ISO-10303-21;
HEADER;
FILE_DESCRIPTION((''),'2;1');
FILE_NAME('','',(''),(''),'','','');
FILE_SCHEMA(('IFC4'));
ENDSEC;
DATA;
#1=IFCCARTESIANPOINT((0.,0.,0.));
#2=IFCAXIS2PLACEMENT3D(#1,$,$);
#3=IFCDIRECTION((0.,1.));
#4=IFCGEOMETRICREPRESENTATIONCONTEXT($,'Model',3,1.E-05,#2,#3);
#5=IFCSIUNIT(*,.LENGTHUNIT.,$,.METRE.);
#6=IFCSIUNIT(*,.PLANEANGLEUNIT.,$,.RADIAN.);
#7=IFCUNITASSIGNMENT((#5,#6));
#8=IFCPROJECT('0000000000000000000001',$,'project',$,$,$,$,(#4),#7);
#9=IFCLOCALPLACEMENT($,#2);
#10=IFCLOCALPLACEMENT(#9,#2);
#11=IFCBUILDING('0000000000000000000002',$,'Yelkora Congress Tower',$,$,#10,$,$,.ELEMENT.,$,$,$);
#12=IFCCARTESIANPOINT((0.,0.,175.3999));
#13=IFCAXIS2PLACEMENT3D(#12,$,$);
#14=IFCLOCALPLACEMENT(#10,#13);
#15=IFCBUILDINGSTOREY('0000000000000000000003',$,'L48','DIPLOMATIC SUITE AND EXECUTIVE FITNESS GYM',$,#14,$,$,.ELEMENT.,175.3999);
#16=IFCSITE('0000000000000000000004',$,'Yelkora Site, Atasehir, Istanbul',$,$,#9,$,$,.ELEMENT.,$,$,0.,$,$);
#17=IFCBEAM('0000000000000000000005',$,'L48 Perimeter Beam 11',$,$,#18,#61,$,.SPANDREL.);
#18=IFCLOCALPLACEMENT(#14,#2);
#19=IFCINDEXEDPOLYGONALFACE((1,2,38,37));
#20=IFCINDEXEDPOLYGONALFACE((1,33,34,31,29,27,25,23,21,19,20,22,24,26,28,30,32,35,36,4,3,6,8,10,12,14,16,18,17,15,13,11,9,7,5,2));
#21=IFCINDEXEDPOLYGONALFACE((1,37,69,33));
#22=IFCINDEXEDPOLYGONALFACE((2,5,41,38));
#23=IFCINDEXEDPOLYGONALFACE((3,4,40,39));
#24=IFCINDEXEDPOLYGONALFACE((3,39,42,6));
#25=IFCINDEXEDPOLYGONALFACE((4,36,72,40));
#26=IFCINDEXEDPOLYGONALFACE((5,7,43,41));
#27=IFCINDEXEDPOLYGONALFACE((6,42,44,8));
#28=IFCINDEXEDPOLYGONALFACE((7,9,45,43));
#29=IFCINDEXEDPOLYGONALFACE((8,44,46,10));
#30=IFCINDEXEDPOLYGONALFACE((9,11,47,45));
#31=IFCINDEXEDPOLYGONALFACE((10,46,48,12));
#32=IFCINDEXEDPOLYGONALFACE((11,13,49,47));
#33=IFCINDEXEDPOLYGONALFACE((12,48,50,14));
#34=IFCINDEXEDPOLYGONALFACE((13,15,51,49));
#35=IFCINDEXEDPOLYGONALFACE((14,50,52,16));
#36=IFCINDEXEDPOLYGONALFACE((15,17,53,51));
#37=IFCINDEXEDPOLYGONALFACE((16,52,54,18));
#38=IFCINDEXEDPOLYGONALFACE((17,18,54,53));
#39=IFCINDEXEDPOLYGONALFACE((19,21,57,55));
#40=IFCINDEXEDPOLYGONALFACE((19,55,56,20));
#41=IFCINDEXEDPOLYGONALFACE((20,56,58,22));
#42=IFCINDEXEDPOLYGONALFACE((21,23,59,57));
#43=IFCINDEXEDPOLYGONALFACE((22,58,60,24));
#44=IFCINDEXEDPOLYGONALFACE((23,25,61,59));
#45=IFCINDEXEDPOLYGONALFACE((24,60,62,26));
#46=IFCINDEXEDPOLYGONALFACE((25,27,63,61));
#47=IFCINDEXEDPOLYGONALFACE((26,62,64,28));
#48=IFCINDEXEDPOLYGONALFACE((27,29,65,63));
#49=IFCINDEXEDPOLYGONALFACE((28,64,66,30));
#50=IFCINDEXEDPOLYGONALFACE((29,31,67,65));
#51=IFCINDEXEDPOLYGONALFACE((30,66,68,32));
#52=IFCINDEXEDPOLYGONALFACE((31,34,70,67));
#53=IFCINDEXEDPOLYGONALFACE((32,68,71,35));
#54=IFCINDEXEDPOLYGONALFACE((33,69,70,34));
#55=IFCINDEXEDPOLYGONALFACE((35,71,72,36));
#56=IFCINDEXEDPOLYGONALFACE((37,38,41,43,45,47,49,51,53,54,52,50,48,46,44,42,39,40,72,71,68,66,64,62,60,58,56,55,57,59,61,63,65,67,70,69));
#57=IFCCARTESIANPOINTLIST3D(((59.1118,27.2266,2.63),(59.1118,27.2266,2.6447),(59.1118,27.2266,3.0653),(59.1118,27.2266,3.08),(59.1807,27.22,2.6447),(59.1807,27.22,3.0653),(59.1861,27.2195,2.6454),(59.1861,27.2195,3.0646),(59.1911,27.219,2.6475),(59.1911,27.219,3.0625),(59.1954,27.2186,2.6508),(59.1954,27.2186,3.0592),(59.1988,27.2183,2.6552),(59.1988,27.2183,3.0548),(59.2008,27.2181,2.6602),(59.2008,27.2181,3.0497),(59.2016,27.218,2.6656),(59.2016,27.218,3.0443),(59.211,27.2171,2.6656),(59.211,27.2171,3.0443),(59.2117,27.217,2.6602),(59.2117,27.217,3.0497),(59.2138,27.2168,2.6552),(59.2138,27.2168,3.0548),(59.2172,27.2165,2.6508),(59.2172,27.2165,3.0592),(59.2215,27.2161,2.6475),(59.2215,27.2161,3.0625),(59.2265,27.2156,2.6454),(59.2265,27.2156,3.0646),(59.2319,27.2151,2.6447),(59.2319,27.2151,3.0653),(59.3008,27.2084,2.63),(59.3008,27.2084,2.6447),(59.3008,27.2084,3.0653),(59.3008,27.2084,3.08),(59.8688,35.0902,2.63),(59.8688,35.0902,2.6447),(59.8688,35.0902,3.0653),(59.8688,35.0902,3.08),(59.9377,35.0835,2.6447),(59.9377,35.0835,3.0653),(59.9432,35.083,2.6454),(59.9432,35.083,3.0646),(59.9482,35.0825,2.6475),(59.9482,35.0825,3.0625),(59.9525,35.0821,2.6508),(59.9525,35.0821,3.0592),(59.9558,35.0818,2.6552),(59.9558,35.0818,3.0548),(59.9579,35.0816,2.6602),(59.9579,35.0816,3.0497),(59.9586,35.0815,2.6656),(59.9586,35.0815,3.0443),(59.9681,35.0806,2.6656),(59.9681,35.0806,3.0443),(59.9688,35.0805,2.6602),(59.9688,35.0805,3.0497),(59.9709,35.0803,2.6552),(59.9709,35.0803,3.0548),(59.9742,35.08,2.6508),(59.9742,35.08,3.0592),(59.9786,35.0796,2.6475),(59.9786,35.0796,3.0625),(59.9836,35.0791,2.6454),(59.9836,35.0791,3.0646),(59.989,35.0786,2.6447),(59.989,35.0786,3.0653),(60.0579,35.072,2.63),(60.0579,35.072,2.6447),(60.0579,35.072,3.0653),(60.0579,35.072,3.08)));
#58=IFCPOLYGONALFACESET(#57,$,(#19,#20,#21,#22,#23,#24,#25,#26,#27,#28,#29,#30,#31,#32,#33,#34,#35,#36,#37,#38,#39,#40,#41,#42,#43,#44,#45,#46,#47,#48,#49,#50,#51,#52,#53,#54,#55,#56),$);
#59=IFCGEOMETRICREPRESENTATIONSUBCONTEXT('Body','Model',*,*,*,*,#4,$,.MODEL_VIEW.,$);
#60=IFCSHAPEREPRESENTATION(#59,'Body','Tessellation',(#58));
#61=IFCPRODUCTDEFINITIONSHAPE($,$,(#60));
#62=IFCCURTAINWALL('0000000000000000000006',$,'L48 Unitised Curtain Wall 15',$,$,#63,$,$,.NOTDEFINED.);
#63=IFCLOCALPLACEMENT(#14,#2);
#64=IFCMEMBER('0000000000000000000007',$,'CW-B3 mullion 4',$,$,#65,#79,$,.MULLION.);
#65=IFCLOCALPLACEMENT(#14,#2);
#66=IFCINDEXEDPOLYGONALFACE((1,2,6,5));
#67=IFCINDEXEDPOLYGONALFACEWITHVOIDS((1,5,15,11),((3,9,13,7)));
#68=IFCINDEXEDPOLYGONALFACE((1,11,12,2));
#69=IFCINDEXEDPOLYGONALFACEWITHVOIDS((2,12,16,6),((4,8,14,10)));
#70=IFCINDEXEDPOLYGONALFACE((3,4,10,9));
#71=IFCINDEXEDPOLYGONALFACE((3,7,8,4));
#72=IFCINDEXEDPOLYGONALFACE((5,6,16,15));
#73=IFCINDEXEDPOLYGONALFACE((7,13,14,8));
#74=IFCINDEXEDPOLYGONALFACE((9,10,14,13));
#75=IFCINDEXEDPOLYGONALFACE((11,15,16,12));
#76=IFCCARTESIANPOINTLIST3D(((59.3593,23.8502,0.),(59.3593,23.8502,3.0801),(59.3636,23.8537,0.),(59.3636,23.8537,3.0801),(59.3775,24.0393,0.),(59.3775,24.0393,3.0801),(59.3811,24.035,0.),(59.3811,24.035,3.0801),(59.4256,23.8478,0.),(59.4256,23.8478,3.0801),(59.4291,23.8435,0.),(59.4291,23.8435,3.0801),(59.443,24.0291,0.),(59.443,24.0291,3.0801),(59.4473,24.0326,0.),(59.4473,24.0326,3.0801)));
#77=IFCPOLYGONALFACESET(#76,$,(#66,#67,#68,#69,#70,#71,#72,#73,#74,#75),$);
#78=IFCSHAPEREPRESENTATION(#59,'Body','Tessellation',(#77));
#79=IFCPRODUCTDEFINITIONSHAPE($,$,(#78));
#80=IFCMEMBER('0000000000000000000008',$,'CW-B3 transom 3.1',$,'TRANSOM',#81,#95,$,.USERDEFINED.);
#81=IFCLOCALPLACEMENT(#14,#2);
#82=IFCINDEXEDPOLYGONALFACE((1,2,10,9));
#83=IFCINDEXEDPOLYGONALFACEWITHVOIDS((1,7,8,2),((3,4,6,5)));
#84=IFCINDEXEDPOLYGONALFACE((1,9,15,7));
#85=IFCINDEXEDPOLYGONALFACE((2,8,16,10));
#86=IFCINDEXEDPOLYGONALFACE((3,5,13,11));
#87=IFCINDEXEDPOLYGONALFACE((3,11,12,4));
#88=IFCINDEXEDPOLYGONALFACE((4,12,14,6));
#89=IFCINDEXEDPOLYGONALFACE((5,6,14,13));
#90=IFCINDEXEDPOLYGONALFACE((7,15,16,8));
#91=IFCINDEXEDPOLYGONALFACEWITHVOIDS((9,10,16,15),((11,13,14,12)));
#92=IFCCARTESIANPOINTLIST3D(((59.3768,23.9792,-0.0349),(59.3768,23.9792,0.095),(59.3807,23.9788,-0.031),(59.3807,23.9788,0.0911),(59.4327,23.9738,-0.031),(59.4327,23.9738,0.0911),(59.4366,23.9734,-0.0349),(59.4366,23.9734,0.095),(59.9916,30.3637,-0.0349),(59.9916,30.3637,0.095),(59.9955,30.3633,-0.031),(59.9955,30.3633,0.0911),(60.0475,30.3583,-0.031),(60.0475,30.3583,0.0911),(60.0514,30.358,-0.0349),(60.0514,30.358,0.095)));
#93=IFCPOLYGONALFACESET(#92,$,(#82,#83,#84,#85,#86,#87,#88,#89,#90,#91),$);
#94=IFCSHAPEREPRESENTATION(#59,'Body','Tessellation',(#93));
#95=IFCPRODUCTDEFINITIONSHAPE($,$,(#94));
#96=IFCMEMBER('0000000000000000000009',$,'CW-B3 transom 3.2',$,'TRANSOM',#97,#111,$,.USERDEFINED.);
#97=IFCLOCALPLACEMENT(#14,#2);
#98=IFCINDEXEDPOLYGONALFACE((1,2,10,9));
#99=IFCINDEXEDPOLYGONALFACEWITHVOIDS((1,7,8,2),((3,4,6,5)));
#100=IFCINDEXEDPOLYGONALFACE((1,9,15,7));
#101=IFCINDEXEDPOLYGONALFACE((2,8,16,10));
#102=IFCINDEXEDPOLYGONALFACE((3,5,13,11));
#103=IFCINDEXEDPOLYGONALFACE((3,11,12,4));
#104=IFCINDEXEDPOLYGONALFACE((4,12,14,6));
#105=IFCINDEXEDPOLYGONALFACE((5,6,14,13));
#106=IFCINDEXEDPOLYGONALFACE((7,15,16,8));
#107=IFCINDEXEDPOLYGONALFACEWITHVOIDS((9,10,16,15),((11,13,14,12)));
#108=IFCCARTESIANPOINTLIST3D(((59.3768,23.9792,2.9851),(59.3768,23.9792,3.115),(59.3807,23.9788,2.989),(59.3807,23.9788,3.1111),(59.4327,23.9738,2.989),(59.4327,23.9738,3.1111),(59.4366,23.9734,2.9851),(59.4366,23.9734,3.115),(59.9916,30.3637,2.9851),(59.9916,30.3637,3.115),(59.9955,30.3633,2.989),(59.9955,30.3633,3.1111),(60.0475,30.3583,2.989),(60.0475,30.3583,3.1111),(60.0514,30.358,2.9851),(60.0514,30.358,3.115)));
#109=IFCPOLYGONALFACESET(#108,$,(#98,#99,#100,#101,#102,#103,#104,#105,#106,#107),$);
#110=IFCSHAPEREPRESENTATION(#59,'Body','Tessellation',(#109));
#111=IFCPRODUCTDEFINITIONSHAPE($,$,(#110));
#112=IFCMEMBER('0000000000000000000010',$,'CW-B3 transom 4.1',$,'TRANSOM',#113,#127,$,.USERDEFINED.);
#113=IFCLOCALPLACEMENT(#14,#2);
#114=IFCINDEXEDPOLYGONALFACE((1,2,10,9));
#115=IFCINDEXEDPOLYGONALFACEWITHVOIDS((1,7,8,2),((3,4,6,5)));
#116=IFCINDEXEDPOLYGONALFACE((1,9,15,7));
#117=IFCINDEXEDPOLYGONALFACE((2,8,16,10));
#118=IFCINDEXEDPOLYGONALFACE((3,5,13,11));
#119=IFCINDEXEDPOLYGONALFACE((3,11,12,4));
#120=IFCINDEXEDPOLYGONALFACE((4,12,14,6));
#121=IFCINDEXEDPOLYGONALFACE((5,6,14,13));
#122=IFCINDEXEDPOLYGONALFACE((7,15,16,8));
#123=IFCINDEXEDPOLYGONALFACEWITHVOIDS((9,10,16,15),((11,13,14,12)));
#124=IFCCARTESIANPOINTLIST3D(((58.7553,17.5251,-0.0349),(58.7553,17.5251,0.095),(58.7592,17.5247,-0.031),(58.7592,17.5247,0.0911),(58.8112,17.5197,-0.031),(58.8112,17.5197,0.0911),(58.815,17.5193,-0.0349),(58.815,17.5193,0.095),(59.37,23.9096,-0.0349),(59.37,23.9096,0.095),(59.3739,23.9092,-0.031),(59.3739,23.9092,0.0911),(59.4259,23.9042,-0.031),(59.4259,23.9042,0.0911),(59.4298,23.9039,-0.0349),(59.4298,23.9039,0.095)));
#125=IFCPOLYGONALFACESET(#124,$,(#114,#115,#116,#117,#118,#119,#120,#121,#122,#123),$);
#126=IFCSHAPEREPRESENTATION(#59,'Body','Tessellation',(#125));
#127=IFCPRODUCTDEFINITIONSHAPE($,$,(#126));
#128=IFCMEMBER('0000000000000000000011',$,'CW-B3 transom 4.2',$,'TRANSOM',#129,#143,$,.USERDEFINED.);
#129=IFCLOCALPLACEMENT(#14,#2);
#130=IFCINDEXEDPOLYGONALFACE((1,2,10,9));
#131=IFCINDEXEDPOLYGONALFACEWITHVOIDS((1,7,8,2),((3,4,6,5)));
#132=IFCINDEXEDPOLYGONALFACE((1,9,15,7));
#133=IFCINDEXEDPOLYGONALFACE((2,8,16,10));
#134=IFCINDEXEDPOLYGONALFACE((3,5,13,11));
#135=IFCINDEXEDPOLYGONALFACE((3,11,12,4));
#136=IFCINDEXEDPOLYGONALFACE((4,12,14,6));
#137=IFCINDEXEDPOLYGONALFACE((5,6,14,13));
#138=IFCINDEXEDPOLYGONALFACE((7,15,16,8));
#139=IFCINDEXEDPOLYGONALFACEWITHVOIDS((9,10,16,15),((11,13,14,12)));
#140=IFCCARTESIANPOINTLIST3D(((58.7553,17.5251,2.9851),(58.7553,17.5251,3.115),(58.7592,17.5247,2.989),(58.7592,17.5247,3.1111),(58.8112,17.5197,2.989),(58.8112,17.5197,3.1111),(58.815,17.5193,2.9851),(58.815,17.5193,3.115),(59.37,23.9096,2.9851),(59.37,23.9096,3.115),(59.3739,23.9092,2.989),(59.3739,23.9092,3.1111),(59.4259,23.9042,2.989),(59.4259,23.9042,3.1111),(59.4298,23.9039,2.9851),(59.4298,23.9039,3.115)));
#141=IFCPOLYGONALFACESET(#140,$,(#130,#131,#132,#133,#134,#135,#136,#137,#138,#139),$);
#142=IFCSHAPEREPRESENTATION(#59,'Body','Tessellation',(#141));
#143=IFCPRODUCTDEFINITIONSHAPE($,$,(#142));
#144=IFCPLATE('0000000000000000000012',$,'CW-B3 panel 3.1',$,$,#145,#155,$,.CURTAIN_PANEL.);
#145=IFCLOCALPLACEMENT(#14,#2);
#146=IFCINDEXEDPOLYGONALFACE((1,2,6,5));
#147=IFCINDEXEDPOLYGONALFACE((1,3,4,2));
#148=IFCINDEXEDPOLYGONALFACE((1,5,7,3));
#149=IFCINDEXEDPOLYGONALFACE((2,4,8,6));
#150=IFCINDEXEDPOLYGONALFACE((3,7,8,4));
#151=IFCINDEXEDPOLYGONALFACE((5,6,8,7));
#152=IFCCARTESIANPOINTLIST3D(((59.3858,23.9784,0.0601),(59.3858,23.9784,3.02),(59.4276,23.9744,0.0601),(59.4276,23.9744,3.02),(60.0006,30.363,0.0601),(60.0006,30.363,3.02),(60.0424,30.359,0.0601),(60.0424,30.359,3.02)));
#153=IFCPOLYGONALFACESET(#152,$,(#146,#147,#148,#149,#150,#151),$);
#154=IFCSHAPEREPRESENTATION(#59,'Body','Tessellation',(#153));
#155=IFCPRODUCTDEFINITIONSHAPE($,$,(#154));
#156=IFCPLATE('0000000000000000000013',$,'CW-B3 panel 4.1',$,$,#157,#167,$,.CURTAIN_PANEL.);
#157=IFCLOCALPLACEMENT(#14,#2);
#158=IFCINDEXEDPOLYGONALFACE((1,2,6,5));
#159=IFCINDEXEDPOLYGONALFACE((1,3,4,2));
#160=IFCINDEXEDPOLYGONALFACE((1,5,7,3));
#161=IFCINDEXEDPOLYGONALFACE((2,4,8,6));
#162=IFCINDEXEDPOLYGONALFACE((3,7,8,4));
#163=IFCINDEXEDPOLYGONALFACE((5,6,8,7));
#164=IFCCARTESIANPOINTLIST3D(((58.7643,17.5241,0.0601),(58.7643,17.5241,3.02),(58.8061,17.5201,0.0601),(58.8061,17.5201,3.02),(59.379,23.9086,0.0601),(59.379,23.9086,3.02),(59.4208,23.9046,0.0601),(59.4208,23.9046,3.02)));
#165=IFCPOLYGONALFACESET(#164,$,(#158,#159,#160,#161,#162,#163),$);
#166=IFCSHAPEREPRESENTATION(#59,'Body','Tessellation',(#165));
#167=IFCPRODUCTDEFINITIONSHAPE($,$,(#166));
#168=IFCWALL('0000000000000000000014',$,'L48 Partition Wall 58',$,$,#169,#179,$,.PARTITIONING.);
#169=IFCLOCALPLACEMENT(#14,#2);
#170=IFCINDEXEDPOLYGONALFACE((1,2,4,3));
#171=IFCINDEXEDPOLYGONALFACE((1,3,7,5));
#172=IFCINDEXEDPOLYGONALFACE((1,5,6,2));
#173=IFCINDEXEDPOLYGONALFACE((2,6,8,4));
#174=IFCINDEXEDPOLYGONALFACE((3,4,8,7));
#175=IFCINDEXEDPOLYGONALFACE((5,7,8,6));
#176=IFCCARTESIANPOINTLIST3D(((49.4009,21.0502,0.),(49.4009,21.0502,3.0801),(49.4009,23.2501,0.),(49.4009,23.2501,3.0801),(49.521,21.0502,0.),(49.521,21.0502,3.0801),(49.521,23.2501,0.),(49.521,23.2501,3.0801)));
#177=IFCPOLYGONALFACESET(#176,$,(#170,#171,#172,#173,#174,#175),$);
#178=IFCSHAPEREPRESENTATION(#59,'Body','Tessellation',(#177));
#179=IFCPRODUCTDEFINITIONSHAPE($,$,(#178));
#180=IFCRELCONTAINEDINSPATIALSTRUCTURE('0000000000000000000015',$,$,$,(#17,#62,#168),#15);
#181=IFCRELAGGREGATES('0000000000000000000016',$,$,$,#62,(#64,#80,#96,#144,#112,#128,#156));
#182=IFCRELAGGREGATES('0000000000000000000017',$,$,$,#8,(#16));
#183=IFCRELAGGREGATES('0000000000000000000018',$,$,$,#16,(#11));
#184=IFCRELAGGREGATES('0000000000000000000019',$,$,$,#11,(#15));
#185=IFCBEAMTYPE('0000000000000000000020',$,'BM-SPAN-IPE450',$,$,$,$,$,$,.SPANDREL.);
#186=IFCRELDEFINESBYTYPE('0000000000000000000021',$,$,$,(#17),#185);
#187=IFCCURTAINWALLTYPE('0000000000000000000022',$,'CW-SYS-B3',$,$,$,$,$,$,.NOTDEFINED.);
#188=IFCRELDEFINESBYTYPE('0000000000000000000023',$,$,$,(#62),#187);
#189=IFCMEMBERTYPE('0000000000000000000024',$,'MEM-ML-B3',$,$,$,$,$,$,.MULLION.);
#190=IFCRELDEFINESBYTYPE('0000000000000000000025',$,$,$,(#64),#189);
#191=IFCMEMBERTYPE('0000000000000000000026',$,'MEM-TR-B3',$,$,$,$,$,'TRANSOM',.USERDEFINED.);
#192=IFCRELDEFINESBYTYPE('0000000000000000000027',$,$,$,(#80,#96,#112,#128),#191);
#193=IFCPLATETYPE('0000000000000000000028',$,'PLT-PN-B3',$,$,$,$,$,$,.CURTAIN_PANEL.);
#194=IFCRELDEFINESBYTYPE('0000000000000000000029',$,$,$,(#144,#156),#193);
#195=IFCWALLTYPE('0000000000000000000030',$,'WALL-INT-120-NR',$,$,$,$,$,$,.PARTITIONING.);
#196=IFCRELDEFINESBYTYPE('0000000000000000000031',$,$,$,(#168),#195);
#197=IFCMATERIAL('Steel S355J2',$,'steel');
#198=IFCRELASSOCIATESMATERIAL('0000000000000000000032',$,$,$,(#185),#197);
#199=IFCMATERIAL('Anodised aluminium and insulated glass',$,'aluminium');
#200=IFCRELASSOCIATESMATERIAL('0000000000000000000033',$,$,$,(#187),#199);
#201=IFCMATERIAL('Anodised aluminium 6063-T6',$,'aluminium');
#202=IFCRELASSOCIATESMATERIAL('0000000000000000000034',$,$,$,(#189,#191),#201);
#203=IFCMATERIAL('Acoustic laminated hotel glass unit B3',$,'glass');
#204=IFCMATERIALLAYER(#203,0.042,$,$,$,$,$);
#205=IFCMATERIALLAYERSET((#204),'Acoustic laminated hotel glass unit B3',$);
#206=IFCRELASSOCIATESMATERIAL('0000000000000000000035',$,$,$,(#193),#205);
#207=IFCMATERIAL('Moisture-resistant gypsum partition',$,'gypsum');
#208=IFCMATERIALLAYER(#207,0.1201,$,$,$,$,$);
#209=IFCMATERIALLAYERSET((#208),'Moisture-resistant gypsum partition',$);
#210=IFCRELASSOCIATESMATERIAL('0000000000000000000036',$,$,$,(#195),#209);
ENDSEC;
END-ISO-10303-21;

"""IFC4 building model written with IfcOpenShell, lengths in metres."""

from ifc_helpers import new_model, si_unit, direction, frame, frame_2d, origin, origin_2d, place, context, subcontext, project, spatial, rectangle, hollow_rectangle, i_section, extrude, material, layer, layer_set, material_profile, profile_set, type_object, element, aggregate, save


model = new_model("IFC4")

# Units and contexts
model_context = context("Model", 3, precision=1e-05, world=origin(), true_north=direction((0.0, 1.0)))
body_context = subcontext(model_context, "Body", "Model", "MODEL_VIEW")
ifc_project = project(units=[si_unit("LENGTHUNIT", "METRE"), si_unit("PLANEANGLEUNIT", "RADIAN")], contexts=[model_context])

# Site, building, storey
site_placement = place(None, origin())
site = spatial("IfcSite", under=ifc_project, at=site_placement, Name="Yelkora Site, Atasehir, Istanbul", CompositionType="ELEMENT", RefElevation=0.0)
building_placement = place(site_placement, origin())
building = spatial("IfcBuilding", under=site, at=building_placement, Name="Yelkora Congress Tower", CompositionType="ELEMENT")
storey_placement = place(building_placement, frame((0.0, 0.0, 175.3999)))
storey = spatial("IfcBuildingStorey", under=building, at=storey_placement, Name="L48", Description="DIPLOMATIC SUITE AND EXECUTIVE FITNESS GYM", CompositionType="ELEMENT", Elevation=175.3999)

# Beam
ifc_material_1 = material(Name="Steel S355J2", Category="steel")
ifc_material_profile_1 = material_profile(ifc_material_1, i_section(OverallWidth=0.1899, OverallDepth=0.45, WebThickness=0.0095, FlangeThickness=0.0146, FilletRadius=0.021, at=origin_2d()), Name="IPE 450")
ifc_profile_set_1 = profile_set([ifc_material_profile_1], Name="Steel S355J2")
beam_type_1 = type_object("IfcBeamType", Name="BM-SPAN-IPE450", PredefinedType="SPANDREL", material=ifc_profile_set_1)
beam_1_placement = place(storey_placement, frame((59.2063, 27.2175, 2.855), z_axis=(0.095834, 0.995397, 0.0), x_axis=(-0.995397, 0.095834, 0.0)))
element("IfcBeam", 1, at=beam_1_placement, inside=storey, type_object=beam_type_1, Name="L48 Perimeter Beam 11", PredefinedType="SPANDREL", context=body_context, shape_type="SweptSolid", body=[
    extrude(i_section(OverallWidth=0.1899, OverallDepth=0.45, WebThickness=0.0095, FlangeThickness=0.0146, FilletRadius=0.021, at=origin_2d()), origin(), (0.0, 0.0, 1.0), 7.8999),
])

# Curtain wall, members, plates
ifc_material_2 = material(Name="Anodised aluminium and insulated glass", Category="aluminium")
curtain_wall_type = type_object("IfcCurtainWallType", Name="CW-SYS-B3", PredefinedType="NOTDEFINED", material=ifc_material_2)
curtain_wall_placement = place(storey_placement, origin())
curtain_wall = element("IfcCurtainWall", 2, at=curtain_wall_placement, inside=storey, type_object=curtain_wall_type, Name="L48 Unitised Curtain Wall 15", PredefinedType="NOTDEFINED")
ifc_material_3 = material(Name="Anodised aluminium 6063-T6", Category="aluminium")
ifc_material_profile_2 = material_profile(ifc_material_3, hollow_rectangle(XDim=0.0701, YDim=0.1899, WallThickness=0.0039, at=origin_2d()), Name="ALU 70x190x4")
ifc_profile_set_2 = profile_set([ifc_material_profile_2], Name="Anodised aluminium 6063-T6")
member_type_1 = type_object("IfcMemberType", Name="MEM-ML-B3", PredefinedType="MULLION", material=ifc_profile_set_2)
member_1_placement = place(storey_placement, frame((59.4033, 23.9414, 0.0), z_axis=(0.0, 0.0, 1.0), x_axis=(0.995397, -0.095842, 0.0)))
member_1 = element("IfcMember", 3, at=member_1_placement, type_object=member_type_1, Name="CW-B3 mullion 4", PredefinedType="MULLION", context=body_context, shape_type="SweptSolid", body=[
    extrude(hollow_rectangle(XDim=0.0701, YDim=0.1899, WallThickness=0.0039, at=origin_2d()), origin(), (0.0, 0.0, 1.0), 3.0801),
])
ifc_material_profile_3 = material_profile(ifc_material_3, hollow_rectangle(XDim=0.0601, YDim=0.1299, WallThickness=0.0039, at=origin_2d()), Name="ALU 60x130x4")
ifc_profile_set_3 = profile_set([ifc_material_profile_3], Name="Anodised aluminium 6063-T6")
member_type_2 = type_object("IfcMemberType", Name="MEM-TR-B3", ElementType="TRANSOM", PredefinedType="USERDEFINED", material=ifc_profile_set_3)
member_2_placement = place(storey_placement, frame((60.0215, 30.3608, 0.03), z_axis=(-0.095844, -0.995396, 0.0), x_axis=(0.995396, -0.095844, 0.0)))
member_2 = element("IfcMember", 4, at=member_2_placement, type_object=member_type_2, Name="CW-B3 transom 3.1", ObjectType="TRANSOM", PredefinedType="USERDEFINED", context=body_context, shape_type="SweptSolid", body=[
    extrude(hollow_rectangle(XDim=0.0601, YDim=0.1299, WallThickness=0.0039, at=origin_2d()), origin(), (0.0, 0.0, 1.0), 6.4141),
])
member_3_placement = place(storey_placement, frame((60.0215, 30.3608, 3.05), z_axis=(-0.095844, -0.995396, 0.0), x_axis=(0.995396, -0.095844, 0.0)))
member_3 = element("IfcMember", 5, at=member_3_placement, type_object=member_type_2, Name="CW-B3 transom 3.2", ObjectType="TRANSOM", PredefinedType="USERDEFINED", context=body_context, shape_type="SweptSolid", body=[
    extrude(hollow_rectangle(XDim=0.0601, YDim=0.1299, WallThickness=0.0039, at=origin_2d()), origin(), (0.0, 0.0, 1.0), 6.4141),
])
member_4_placement = place(storey_placement, frame((59.3999, 23.9067, 0.03), z_axis=(-0.095844, -0.995396, 0.0), x_axis=(0.995396, -0.095844, 0.0)))
member_4 = element("IfcMember", 6, at=member_4_placement, type_object=member_type_2, Name="CW-B3 transom 4.1", ObjectType="TRANSOM", PredefinedType="USERDEFINED", context=body_context, shape_type="SweptSolid", body=[
    extrude(hollow_rectangle(XDim=0.0601, YDim=0.1299, WallThickness=0.0039, at=origin_2d()), origin(), (0.0, 0.0, 1.0), 6.4141),
])
member_5_placement = place(storey_placement, frame((59.3999, 23.9067, 3.05), z_axis=(-0.095844, -0.995396, 0.0), x_axis=(0.995396, -0.095844, 0.0)))
member_5 = element("IfcMember", 7, at=member_5_placement, type_object=member_type_2, Name="CW-B3 transom 4.2", ObjectType="TRANSOM", PredefinedType="USERDEFINED", context=body_context, shape_type="SweptSolid", body=[
    extrude(hollow_rectangle(XDim=0.0601, YDim=0.1299, WallThickness=0.0039, at=origin_2d()), origin(), (0.0, 0.0, 1.0), 6.4141),
])
ifc_material_4 = material(Name="Acoustic laminated hotel glass unit B3", Category="glass")
ifc_layer_1 = layer(ifc_material_4, 0.042)
ifc_layer_set_1 = layer_set([ifc_layer_1], Name="Acoustic laminated hotel glass unit B3")
plate_type = type_object("IfcPlateType", Name="PLT-PN-B3", PredefinedType="CURTAIN_PANEL", material=ifc_layer_set_1)
plate_1_placement = place(storey_placement, frame((59.7141, 27.1687, 0.0601), z_axis=(0.0, 0.0, 1.0), x_axis=(-0.095842, -0.995397, 0.0)))
plate_1 = element("IfcPlate", 8, at=plate_1_placement, type_object=plate_type, Name="CW-B3 panel 3.1", PredefinedType="CURTAIN_PANEL", context=body_context, shape_type="SweptSolid", body=[
    extrude(rectangle(XDim=6.4141, YDim=0.042, at=origin_2d()), origin(), (0.0, 0.0, 1.0), 2.96),
])
plate_2_placement = place(storey_placement, frame((59.0925, 20.7144, 0.0601), z_axis=(0.0, 0.0, 1.0), x_axis=(-0.095842, -0.995397, 0.0)))
plate_2 = element("IfcPlate", 9, at=plate_2_placement, type_object=plate_type, Name="CW-B3 panel 4.1", PredefinedType="CURTAIN_PANEL", context=body_context, shape_type="SweptSolid", body=[
    extrude(rectangle(XDim=6.4141, YDim=0.042, at=origin_2d()), origin(), (0.0, 0.0, 1.0), 2.96),
])
aggregate(curtain_wall, [member_1, member_2, member_3, plate_1, member_4, member_5, plate_2])

# Wall
ifc_material_5 = material(Name="Moisture-resistant gypsum partition", Category="gypsum")
ifc_layer_2 = layer(ifc_material_5, 0.1201)
ifc_layer_set_2 = layer_set([ifc_layer_2], Name="Moisture-resistant gypsum partition")
wall_type_1 = type_object("IfcWallType", Name="WALL-INT-120-NR", PredefinedType="PARTITIONING", material=ifc_layer_set_2)
wall_1_placement = place(storey_placement, frame((49.4609, 21.05, 0.0), z_axis=(0.0, 0.0, 1.0), x_axis=(0.0, 1.0, 0.0)))
element("IfcWall", 10, at=wall_1_placement, inside=storey, type_object=wall_type_1, Name="L48 Partition Wall 58", PredefinedType="PARTITIONING", context=body_context, shape_type="SweptSolid", body=[
    extrude(rectangle(XDim=2.2, YDim=0.1201, at=frame_2d((1.1001, 0.0))), origin(), (0.0, 0.0, 1.0), 3.0801),
])

save(model, "model.ifc")
